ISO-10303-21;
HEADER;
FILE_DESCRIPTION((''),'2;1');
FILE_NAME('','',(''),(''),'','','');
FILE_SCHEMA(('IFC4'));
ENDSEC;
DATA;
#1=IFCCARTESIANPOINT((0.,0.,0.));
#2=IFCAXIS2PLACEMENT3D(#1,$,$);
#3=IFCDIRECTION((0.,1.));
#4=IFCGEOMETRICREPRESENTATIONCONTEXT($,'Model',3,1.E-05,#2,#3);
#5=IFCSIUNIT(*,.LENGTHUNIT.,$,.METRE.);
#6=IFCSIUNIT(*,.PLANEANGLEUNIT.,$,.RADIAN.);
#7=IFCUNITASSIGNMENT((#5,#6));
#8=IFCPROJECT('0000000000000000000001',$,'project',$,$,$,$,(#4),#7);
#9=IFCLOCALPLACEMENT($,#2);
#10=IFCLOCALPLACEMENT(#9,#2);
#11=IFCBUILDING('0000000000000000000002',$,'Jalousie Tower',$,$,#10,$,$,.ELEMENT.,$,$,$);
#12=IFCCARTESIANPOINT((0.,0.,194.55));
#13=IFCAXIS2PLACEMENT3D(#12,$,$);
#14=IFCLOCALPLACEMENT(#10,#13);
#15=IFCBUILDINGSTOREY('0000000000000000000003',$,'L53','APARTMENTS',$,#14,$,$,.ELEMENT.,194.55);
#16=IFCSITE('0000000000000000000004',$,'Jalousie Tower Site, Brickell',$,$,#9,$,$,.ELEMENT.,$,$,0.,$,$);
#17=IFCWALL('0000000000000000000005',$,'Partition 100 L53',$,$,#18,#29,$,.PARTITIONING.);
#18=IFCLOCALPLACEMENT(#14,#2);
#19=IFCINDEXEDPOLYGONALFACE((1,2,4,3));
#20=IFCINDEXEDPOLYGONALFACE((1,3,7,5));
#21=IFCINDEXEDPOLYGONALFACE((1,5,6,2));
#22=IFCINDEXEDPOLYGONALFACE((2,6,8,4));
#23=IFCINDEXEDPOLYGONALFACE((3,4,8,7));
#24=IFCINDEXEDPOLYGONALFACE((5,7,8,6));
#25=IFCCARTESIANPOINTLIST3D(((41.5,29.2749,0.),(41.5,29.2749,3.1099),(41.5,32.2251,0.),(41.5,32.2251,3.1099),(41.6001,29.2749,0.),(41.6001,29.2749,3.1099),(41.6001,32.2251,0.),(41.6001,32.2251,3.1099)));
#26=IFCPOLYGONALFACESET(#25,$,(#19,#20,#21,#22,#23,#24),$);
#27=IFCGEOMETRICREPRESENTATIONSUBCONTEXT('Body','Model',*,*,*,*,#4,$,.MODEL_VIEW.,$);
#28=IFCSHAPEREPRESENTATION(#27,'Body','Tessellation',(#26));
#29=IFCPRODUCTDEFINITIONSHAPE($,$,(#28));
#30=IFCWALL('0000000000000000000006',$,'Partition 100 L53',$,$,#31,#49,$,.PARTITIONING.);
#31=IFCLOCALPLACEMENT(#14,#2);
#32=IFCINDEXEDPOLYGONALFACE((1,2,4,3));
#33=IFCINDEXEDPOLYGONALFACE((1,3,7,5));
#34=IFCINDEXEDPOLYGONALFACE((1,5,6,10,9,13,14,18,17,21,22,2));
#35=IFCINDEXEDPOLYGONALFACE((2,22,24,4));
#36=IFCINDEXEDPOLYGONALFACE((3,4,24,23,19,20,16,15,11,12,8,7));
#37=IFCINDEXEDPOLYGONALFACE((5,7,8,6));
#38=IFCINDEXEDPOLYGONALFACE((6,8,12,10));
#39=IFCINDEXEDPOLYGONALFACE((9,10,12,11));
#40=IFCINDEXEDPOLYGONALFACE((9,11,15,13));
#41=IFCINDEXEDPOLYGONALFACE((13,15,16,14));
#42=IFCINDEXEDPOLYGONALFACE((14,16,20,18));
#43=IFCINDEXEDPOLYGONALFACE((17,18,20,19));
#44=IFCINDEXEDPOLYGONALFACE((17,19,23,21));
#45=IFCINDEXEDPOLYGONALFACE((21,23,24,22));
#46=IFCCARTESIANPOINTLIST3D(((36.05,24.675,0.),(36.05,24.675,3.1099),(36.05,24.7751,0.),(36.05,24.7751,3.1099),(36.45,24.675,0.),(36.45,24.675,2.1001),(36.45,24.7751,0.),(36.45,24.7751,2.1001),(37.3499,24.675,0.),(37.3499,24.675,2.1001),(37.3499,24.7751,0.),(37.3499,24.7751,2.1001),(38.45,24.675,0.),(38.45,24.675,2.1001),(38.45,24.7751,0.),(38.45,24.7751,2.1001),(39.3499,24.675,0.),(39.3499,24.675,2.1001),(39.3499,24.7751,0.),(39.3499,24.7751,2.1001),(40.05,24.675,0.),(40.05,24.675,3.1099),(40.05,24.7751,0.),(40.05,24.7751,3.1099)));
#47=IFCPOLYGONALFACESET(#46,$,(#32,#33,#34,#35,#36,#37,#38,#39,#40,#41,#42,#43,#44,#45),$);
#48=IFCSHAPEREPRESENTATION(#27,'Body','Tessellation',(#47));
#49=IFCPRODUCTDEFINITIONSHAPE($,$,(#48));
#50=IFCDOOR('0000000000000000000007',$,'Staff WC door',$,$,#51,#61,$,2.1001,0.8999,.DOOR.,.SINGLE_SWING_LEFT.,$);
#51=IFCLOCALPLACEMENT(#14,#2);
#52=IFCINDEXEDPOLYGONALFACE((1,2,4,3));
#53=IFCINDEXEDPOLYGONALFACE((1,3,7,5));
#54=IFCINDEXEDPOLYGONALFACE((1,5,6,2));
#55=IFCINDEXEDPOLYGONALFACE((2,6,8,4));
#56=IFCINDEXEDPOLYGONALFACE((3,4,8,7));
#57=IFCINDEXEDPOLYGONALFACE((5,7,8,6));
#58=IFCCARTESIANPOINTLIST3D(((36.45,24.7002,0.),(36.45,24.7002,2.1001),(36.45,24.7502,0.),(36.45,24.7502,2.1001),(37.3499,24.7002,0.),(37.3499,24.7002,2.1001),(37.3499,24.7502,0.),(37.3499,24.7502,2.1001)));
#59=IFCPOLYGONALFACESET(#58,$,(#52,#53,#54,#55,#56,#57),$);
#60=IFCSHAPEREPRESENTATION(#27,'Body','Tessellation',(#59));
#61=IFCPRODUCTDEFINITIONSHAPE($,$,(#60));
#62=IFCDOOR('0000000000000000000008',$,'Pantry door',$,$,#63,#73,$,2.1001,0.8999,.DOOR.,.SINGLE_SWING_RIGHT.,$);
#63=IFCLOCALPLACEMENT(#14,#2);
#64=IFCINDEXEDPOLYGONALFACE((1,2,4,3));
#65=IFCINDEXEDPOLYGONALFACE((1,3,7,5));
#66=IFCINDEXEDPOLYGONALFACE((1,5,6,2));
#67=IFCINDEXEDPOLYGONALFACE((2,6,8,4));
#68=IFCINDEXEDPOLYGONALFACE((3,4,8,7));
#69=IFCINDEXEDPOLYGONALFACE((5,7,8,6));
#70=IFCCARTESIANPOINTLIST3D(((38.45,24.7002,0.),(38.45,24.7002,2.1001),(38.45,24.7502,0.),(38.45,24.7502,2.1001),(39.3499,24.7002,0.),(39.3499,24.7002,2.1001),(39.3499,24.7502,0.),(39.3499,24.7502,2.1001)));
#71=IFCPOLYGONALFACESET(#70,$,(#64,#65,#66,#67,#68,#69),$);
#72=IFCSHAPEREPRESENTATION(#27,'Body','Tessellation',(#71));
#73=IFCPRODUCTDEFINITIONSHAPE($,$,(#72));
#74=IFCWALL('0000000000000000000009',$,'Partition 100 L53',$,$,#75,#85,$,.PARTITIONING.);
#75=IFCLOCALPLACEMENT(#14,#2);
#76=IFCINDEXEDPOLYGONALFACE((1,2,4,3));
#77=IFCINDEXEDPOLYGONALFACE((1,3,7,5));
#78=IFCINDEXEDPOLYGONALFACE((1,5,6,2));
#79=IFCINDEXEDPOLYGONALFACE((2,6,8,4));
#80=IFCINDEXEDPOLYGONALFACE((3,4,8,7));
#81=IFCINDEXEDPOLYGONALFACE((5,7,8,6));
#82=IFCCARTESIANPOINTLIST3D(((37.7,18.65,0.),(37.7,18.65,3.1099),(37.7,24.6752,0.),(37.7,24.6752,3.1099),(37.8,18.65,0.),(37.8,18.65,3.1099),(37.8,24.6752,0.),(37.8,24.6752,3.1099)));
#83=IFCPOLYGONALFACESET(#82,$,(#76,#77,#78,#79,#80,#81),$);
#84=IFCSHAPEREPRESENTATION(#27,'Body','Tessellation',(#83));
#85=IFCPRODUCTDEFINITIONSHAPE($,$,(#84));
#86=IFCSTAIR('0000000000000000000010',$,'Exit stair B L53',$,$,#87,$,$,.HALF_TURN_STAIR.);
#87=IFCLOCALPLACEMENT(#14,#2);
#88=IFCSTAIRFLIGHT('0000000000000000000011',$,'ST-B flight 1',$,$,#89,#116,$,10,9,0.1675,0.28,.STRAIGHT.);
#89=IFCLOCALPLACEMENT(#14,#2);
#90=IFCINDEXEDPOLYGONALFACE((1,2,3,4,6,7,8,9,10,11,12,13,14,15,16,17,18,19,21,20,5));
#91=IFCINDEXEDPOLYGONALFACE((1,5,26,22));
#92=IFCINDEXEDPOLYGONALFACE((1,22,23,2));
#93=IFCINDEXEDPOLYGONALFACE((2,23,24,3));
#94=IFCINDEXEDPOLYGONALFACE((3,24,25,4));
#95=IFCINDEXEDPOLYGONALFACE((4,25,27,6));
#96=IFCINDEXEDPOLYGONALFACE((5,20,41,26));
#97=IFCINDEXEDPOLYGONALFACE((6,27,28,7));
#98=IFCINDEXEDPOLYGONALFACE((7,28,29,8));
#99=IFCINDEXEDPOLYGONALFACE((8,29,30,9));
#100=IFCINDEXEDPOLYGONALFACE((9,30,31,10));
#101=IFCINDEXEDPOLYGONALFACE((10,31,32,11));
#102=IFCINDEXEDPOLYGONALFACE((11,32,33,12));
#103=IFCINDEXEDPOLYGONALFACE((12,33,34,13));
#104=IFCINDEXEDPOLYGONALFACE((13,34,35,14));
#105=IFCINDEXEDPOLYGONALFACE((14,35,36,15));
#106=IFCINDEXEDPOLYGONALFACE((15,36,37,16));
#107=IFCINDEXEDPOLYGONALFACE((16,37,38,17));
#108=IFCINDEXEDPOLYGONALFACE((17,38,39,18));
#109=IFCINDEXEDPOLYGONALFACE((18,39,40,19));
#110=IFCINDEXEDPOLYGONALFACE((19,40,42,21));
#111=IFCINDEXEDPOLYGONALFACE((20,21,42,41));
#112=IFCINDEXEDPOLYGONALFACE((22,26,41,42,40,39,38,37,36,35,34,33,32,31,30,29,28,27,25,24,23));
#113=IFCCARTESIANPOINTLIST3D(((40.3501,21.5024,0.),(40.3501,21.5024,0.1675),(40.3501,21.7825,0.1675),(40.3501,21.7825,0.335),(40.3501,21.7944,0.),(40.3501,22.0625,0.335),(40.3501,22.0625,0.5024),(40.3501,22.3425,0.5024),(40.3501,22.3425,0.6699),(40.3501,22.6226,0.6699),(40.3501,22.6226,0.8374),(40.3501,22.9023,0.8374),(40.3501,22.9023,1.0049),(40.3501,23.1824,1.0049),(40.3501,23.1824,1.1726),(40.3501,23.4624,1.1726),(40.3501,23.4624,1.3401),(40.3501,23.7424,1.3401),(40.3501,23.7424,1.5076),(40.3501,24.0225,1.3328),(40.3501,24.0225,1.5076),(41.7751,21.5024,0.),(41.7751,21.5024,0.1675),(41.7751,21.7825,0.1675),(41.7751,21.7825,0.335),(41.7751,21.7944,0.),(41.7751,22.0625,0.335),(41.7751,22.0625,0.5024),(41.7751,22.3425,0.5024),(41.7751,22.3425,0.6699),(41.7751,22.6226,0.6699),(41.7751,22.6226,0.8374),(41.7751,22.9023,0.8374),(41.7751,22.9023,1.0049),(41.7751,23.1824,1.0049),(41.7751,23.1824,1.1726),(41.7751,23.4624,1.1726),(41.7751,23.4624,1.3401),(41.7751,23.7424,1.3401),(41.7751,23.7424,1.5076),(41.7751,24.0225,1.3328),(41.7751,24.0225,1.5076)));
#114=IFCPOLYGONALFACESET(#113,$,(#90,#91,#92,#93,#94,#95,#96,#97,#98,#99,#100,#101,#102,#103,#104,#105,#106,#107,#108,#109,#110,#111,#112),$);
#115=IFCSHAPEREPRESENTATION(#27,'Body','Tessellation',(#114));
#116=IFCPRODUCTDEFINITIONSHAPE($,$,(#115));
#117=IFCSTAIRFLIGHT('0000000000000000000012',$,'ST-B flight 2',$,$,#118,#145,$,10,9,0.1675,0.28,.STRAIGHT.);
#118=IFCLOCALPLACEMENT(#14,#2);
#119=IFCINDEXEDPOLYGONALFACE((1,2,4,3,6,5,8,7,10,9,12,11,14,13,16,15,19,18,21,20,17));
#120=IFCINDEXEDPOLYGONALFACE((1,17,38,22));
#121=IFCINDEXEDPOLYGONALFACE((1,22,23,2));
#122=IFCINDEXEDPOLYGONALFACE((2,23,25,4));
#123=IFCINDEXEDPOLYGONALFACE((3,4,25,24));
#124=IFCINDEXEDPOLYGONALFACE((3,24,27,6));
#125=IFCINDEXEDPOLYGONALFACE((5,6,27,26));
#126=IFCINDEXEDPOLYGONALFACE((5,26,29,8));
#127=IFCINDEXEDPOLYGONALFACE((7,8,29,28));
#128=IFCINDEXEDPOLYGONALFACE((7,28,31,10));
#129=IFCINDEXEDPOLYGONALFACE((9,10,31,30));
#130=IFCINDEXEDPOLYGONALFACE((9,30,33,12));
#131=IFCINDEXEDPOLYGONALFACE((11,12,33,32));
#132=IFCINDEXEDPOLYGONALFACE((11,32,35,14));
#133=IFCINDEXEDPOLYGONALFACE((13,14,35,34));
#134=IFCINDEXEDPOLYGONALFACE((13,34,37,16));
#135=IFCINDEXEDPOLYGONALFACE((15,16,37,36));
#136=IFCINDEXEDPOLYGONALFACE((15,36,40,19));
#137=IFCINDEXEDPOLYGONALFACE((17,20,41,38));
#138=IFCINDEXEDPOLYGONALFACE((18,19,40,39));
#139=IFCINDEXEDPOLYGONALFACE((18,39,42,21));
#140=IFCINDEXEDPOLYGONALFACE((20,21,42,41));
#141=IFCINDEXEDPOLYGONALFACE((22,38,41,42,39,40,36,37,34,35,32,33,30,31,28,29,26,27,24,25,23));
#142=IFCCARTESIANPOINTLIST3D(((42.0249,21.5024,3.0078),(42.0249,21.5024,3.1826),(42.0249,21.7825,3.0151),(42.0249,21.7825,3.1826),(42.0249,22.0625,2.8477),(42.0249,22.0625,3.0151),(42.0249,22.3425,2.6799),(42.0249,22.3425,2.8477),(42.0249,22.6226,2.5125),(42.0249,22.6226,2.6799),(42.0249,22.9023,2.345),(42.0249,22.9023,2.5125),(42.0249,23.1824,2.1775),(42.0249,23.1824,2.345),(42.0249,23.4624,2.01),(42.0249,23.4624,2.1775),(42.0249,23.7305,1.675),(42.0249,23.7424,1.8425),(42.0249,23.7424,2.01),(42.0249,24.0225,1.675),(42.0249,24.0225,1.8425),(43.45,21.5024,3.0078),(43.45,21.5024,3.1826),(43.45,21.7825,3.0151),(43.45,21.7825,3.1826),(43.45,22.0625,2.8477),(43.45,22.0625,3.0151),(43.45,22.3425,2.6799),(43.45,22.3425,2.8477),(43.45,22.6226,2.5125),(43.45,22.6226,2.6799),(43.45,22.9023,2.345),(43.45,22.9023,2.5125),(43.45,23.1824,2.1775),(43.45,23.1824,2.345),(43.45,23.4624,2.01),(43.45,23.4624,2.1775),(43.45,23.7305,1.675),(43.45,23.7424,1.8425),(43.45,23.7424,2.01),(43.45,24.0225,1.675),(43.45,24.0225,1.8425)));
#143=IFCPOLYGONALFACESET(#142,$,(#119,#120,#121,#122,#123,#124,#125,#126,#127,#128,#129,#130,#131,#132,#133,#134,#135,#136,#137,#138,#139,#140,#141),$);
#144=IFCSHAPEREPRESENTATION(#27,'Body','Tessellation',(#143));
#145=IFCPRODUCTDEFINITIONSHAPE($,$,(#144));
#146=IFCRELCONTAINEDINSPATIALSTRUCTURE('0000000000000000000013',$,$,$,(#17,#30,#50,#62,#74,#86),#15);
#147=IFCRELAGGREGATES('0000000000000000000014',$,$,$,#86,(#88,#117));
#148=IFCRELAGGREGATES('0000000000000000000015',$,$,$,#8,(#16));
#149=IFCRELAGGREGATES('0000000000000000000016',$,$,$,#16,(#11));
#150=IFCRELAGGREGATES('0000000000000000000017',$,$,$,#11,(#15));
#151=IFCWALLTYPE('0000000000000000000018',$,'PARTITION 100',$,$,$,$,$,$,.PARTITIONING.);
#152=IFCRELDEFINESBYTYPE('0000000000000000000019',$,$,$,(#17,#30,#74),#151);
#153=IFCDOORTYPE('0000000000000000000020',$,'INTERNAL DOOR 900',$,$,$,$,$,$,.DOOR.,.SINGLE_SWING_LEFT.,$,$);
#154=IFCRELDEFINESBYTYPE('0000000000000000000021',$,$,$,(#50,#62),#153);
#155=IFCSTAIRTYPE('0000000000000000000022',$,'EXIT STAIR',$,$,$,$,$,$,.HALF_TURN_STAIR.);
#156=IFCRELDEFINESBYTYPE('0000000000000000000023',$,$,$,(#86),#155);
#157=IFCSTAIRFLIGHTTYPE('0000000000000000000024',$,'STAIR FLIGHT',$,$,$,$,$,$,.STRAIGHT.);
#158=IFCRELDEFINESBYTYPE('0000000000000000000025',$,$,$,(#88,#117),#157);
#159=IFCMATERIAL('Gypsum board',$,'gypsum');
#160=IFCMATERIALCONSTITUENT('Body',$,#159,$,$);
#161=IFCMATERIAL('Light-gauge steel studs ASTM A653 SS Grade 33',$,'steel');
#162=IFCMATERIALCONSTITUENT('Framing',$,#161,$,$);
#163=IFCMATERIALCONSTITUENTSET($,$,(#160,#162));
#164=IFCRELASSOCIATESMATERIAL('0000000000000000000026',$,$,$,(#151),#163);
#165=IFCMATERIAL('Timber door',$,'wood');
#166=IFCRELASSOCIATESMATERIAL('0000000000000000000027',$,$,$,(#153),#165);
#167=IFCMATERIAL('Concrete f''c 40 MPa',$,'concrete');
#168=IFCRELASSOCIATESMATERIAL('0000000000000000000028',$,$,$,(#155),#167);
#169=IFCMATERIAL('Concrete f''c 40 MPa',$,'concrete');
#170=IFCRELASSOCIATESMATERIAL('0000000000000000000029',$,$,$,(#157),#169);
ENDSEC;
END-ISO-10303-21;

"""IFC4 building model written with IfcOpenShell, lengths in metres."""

from ifc_helpers import new_model, si_unit, direction, frame, frame_2d, origin, place, context, subcontext, project, spatial, polyline, rectangle, outline, extrude, material, constituent, constituent_set, type_object, element, fill, aggregate, save


model = new_model("IFC4")

# Units and contexts
model_context = context("Model", 3, precision=1e-05, world=origin(), true_north=direction((0.0, 1.0)))
body_context = subcontext(model_context, "Body", "Model", "MODEL_VIEW")
ifc_project = project(units=[si_unit("LENGTHUNIT", "METRE"), si_unit("PLANEANGLEUNIT", "RADIAN")], contexts=[model_context])

# Site, building, storey
site_placement = place(None, origin())
site = spatial("IfcSite", under=ifc_project, at=site_placement, Name="Jalousie Tower Site, Brickell", CompositionType="ELEMENT", RefElevation=0.0)
building_placement = place(site_placement, origin())
building = spatial("IfcBuilding", under=site, at=building_placement, Name="Jalousie Tower", CompositionType="ELEMENT")
storey_placement = place(building_placement, frame((0.0, 0.0, 194.55)))
storey = spatial("IfcBuildingStorey", under=building, at=storey_placement, Name="L53", Description="APARTMENTS", CompositionType="ELEMENT", Elevation=194.55)

# Shared definitions
ifc_material_1 = material(Name="Gypsum board", Category="gypsum")
ifc_constituent_1 = constituent(ifc_material_1, Name="Body")
ifc_material_2 = material(Name="Light-gauge steel studs ASTM A653 SS Grade 33", Category="steel")
ifc_constituent_2 = constituent(ifc_material_2, Name="Framing")
ifc_constituent_set_1 = constituent_set(constituents=[ifc_constituent_1, ifc_constituent_2])
wall_type_1 = type_object("IfcWallType", Name="PARTITION 100", PredefinedType="PARTITIONING", material=ifc_constituent_set_1)
ifc_material_3 = material(Name="Timber door", Category="wood")
door_type_1 = type_object("IfcDoorType", Name="INTERNAL DOOR 900", OperationType="SINGLE_SWING_LEFT", PredefinedType="DOOR", material=ifc_material_3)

# Wall
wall_1_placement = place(storey_placement, frame((41.55, 32.2251, 0.0), z_axis=(0.0, 0.0, 1.0), x_axis=(0.0, -1.0, 0.0)))
element("IfcWall", 1, at=wall_1_placement, inside=storey, type_object=wall_type_1, Name="Partition 100 L53", PredefinedType="PARTITIONING", context=body_context, shape_type="SweptSolid", body=[
    extrude(rectangle(XDim=2.9502, YDim=0.1001, at=frame_2d((1.4751, 0.0))), origin(), (0.0, 0.0, 1.0), 3.1099),
])

# Wall, openings, doors
wall_2_placement = place(storey_placement, frame((36.05, 24.7251, 0.0), z_axis=(0.0, 0.0, 1.0), x_axis=(1.0, 0.0, 0.0)))
wall_2 = element("IfcWall", 2, at=wall_2_placement, inside=storey, type_object=wall_type_1, Name="Partition 100 L53", PredefinedType="PARTITIONING", context=body_context, shape_type="SweptSolid", body=[
    extrude(rectangle(XDim=4.0, YDim=0.1001, at=frame_2d((2.0, 0.0))), origin(), (0.0, 0.0, 1.0), 3.1099),
])
opening_1_placement = place(wall_2_placement, frame((0.3999, 0.0, 0.0)))
opening_1 = element("IfcOpeningElement", 3, at=opening_1_placement, cuts=wall_2, PredefinedType="OPENING", context=body_context, shape_type="SweptSolid", body=[
    extrude(rectangle(XDim=0.8999, YDim=2.1001, at=frame_2d((0.45, 1.05))), frame((0.0, 0.0601, 0.0), z_axis=(0.0, -1.0, 0.0), x_axis=(1.0, 0.0, 0.0)), (0.0, 0.0, 1.0), 0.1201),
])
opening_2_placement = place(wall_2_placement, frame((2.3999, 0.0, 0.0)))
opening_2 = element("IfcOpeningElement", 4, at=opening_2_placement, cuts=wall_2, PredefinedType="OPENING", context=body_context, shape_type="SweptSolid", body=[
    extrude(rectangle(XDim=0.8999, YDim=2.1001, at=frame_2d((0.45, 1.05))), frame((0.0, 0.0601, 0.0), z_axis=(0.0, -1.0, 0.0), x_axis=(1.0, 0.0, 0.0)), (0.0, 0.0, 1.0), 0.1201),
])
door_1_placement = place(opening_1_placement, frame((0.8999, 0.0, 0.0), z_axis=(0.0, 0.0, 1.0), x_axis=(-1.0, 0.0, 0.0)))
door_1 = element("IfcDoor", 5, at=door_1_placement, inside=storey, type_object=door_type_1, Name="Staff WC door", OperationType="SINGLE_SWING_LEFT", OverallHeight=2.1001, OverallWidth=0.8999, PredefinedType="DOOR", context=body_context, shape_type="SweptSolid", body=[
    extrude(rectangle(XDim=0.8999, YDim=2.1001, at=frame_2d((0.45, 1.05))), frame((0.0, 0.0249, 0.0), z_axis=(0.0, -1.0, 0.0), x_axis=(1.0, 0.0, 0.0)), (0.0, 0.0, 1.0), 0.05),
])
fill(opening_1, door_1)
door_2_placement = place(opening_2_placement, frame((0.8999, 0.0, 0.0), z_axis=(0.0, 0.0, 1.0), x_axis=(-1.0, 0.0, 0.0)))
door_2 = element("IfcDoor", 6, at=door_2_placement, inside=storey, type_object=door_type_1, Name="Pantry door", OperationType="SINGLE_SWING_RIGHT", OverallHeight=2.1001, OverallWidth=0.8999, PredefinedType="DOOR", context=body_context, shape_type="SweptSolid", body=[
    extrude(rectangle(XDim=0.8999, YDim=2.1001, at=frame_2d((0.45, 1.05))), frame((0.0, 0.0249, 0.0), z_axis=(0.0, -1.0, 0.0), x_axis=(1.0, 0.0, 0.0)), (0.0, 0.0, 1.0), 0.05),
])
fill(opening_2, door_2)

# Wall
wall_3_placement = place(storey_placement, frame((37.75, 18.6499, 0.0), z_axis=(0.0, 0.0, 1.0), x_axis=(0.0, 1.0, 0.0)))
element("IfcWall", 7, at=wall_3_placement, inside=storey, type_object=wall_type_1, Name="Partition 100 L53", PredefinedType="PARTITIONING", context=body_context, shape_type="SweptSolid", body=[
    extrude(rectangle(XDim=6.0251, YDim=0.1001, at=frame_2d((3.0127, 0.0))), origin(), (0.0, 0.0, 1.0), 3.1099),
])

# Stair, stair flights
ifc_material_4 = material(Name="Concrete f'c 40 MPa", Category="concrete")
stair_type = type_object("IfcStairType", Name="EXIT STAIR", PredefinedType="HALF_TURN_STAIR", material=ifc_material_4)
stair_placement = place(storey_placement, origin())
stair = element("IfcStair", 8, at=stair_placement, inside=storey, type_object=stair_type, Name="Exit stair B L53", PredefinedType="HALF_TURN_STAIR")
ifc_material_5 = material(Name="Concrete f'c 40 MPa", Category="concrete")
stair_flight_type = type_object("IfcStairFlightType", Name="STAIR FLIGHT", PredefinedType="STRAIGHT", material=ifc_material_5)
stair_flight_1_placement = place(storey_placement, frame((41.0625, 21.5024, 0.0), z_axis=(0.0, 0.0, 1.0), x_axis=(0.0, 1.0, 0.0)))
stair_flight_1 = element("IfcStairFlight", 9, at=stair_flight_1_placement, type_object=stair_flight_type, Name="ST-B flight 1", NumberOfRisers=10, NumberOfTreads=9, PredefinedType="STRAIGHT", RiserHeight=0.1675, TreadLength=0.28, context=body_context, shape_type="SweptSolid", body=[
    extrude(outline(polyline([(0.0, 0.0), (0.0, 0.1675), (0.28, 0.1675), (0.28, 0.335), (0.5601, 0.335), (0.5601, 0.5024), (0.8401, 0.5024), (0.8401, 0.6699), (1.1201, 0.6699), (1.1201, 0.8374), (1.3999, 0.8374), (1.3999, 1.0049), (1.6799, 1.0049), (1.6799, 1.1726), (1.96, 1.1726), (1.96, 1.3401), (2.24, 1.3401), (2.24, 1.5076), (2.52, 1.5076), (2.52, 1.675), (2.52, 1.3328), (0.292, 0.0), (0.0, 0.0)])), frame((0.0, 0.7124, 0.0), z_axis=(0.0, -1.0, 0.0), x_axis=(1.0, 0.0, 0.0)), (0.0, 0.0, 1.0), 1.425),
])
stair_flight_2_placement = place(storey_placement, frame((42.7375, 24.0225, 1.675), z_axis=(0.0, 0.0, 1.0), x_axis=(0.0, -1.0, 0.0)))
stair_flight_2 = element("IfcStairFlight", 10, at=stair_flight_2_placement, type_object=stair_flight_type, Name="ST-B flight 2", NumberOfRisers=10, NumberOfTreads=9, PredefinedType="STRAIGHT", RiserHeight=0.1675, TreadLength=0.28, context=body_context, shape_type="SweptSolid", body=[
    extrude(outline(polyline([(0.0, 0.0), (0.0, 0.1675), (0.28, 0.1675), (0.28, 0.335), (0.5601, 0.335), (0.5601, 0.5024), (0.8401, 0.5024), (0.8401, 0.6699), (1.1201, 0.6699), (1.1201, 0.8374), (1.3999, 0.8374), (1.3999, 1.0049), (1.6799, 1.0049), (1.6799, 1.1726), (1.96, 1.1726), (1.96, 1.3401), (2.24, 1.3401), (2.24, 1.5076), (2.52, 1.5076), (2.52, 1.675), (2.52, 1.3328), (0.292, 0.0), (0.0, 0.0)])), frame((0.0, 0.7124, 0.0), z_axis=(0.0, -1.0, 0.0), x_axis=(1.0, 0.0, 0.0)), (0.0, 0.0, 1.0), 1.425),
])
aggregate(stair, [stair_flight_1, stair_flight_2])

save(model, "model.ifc")
